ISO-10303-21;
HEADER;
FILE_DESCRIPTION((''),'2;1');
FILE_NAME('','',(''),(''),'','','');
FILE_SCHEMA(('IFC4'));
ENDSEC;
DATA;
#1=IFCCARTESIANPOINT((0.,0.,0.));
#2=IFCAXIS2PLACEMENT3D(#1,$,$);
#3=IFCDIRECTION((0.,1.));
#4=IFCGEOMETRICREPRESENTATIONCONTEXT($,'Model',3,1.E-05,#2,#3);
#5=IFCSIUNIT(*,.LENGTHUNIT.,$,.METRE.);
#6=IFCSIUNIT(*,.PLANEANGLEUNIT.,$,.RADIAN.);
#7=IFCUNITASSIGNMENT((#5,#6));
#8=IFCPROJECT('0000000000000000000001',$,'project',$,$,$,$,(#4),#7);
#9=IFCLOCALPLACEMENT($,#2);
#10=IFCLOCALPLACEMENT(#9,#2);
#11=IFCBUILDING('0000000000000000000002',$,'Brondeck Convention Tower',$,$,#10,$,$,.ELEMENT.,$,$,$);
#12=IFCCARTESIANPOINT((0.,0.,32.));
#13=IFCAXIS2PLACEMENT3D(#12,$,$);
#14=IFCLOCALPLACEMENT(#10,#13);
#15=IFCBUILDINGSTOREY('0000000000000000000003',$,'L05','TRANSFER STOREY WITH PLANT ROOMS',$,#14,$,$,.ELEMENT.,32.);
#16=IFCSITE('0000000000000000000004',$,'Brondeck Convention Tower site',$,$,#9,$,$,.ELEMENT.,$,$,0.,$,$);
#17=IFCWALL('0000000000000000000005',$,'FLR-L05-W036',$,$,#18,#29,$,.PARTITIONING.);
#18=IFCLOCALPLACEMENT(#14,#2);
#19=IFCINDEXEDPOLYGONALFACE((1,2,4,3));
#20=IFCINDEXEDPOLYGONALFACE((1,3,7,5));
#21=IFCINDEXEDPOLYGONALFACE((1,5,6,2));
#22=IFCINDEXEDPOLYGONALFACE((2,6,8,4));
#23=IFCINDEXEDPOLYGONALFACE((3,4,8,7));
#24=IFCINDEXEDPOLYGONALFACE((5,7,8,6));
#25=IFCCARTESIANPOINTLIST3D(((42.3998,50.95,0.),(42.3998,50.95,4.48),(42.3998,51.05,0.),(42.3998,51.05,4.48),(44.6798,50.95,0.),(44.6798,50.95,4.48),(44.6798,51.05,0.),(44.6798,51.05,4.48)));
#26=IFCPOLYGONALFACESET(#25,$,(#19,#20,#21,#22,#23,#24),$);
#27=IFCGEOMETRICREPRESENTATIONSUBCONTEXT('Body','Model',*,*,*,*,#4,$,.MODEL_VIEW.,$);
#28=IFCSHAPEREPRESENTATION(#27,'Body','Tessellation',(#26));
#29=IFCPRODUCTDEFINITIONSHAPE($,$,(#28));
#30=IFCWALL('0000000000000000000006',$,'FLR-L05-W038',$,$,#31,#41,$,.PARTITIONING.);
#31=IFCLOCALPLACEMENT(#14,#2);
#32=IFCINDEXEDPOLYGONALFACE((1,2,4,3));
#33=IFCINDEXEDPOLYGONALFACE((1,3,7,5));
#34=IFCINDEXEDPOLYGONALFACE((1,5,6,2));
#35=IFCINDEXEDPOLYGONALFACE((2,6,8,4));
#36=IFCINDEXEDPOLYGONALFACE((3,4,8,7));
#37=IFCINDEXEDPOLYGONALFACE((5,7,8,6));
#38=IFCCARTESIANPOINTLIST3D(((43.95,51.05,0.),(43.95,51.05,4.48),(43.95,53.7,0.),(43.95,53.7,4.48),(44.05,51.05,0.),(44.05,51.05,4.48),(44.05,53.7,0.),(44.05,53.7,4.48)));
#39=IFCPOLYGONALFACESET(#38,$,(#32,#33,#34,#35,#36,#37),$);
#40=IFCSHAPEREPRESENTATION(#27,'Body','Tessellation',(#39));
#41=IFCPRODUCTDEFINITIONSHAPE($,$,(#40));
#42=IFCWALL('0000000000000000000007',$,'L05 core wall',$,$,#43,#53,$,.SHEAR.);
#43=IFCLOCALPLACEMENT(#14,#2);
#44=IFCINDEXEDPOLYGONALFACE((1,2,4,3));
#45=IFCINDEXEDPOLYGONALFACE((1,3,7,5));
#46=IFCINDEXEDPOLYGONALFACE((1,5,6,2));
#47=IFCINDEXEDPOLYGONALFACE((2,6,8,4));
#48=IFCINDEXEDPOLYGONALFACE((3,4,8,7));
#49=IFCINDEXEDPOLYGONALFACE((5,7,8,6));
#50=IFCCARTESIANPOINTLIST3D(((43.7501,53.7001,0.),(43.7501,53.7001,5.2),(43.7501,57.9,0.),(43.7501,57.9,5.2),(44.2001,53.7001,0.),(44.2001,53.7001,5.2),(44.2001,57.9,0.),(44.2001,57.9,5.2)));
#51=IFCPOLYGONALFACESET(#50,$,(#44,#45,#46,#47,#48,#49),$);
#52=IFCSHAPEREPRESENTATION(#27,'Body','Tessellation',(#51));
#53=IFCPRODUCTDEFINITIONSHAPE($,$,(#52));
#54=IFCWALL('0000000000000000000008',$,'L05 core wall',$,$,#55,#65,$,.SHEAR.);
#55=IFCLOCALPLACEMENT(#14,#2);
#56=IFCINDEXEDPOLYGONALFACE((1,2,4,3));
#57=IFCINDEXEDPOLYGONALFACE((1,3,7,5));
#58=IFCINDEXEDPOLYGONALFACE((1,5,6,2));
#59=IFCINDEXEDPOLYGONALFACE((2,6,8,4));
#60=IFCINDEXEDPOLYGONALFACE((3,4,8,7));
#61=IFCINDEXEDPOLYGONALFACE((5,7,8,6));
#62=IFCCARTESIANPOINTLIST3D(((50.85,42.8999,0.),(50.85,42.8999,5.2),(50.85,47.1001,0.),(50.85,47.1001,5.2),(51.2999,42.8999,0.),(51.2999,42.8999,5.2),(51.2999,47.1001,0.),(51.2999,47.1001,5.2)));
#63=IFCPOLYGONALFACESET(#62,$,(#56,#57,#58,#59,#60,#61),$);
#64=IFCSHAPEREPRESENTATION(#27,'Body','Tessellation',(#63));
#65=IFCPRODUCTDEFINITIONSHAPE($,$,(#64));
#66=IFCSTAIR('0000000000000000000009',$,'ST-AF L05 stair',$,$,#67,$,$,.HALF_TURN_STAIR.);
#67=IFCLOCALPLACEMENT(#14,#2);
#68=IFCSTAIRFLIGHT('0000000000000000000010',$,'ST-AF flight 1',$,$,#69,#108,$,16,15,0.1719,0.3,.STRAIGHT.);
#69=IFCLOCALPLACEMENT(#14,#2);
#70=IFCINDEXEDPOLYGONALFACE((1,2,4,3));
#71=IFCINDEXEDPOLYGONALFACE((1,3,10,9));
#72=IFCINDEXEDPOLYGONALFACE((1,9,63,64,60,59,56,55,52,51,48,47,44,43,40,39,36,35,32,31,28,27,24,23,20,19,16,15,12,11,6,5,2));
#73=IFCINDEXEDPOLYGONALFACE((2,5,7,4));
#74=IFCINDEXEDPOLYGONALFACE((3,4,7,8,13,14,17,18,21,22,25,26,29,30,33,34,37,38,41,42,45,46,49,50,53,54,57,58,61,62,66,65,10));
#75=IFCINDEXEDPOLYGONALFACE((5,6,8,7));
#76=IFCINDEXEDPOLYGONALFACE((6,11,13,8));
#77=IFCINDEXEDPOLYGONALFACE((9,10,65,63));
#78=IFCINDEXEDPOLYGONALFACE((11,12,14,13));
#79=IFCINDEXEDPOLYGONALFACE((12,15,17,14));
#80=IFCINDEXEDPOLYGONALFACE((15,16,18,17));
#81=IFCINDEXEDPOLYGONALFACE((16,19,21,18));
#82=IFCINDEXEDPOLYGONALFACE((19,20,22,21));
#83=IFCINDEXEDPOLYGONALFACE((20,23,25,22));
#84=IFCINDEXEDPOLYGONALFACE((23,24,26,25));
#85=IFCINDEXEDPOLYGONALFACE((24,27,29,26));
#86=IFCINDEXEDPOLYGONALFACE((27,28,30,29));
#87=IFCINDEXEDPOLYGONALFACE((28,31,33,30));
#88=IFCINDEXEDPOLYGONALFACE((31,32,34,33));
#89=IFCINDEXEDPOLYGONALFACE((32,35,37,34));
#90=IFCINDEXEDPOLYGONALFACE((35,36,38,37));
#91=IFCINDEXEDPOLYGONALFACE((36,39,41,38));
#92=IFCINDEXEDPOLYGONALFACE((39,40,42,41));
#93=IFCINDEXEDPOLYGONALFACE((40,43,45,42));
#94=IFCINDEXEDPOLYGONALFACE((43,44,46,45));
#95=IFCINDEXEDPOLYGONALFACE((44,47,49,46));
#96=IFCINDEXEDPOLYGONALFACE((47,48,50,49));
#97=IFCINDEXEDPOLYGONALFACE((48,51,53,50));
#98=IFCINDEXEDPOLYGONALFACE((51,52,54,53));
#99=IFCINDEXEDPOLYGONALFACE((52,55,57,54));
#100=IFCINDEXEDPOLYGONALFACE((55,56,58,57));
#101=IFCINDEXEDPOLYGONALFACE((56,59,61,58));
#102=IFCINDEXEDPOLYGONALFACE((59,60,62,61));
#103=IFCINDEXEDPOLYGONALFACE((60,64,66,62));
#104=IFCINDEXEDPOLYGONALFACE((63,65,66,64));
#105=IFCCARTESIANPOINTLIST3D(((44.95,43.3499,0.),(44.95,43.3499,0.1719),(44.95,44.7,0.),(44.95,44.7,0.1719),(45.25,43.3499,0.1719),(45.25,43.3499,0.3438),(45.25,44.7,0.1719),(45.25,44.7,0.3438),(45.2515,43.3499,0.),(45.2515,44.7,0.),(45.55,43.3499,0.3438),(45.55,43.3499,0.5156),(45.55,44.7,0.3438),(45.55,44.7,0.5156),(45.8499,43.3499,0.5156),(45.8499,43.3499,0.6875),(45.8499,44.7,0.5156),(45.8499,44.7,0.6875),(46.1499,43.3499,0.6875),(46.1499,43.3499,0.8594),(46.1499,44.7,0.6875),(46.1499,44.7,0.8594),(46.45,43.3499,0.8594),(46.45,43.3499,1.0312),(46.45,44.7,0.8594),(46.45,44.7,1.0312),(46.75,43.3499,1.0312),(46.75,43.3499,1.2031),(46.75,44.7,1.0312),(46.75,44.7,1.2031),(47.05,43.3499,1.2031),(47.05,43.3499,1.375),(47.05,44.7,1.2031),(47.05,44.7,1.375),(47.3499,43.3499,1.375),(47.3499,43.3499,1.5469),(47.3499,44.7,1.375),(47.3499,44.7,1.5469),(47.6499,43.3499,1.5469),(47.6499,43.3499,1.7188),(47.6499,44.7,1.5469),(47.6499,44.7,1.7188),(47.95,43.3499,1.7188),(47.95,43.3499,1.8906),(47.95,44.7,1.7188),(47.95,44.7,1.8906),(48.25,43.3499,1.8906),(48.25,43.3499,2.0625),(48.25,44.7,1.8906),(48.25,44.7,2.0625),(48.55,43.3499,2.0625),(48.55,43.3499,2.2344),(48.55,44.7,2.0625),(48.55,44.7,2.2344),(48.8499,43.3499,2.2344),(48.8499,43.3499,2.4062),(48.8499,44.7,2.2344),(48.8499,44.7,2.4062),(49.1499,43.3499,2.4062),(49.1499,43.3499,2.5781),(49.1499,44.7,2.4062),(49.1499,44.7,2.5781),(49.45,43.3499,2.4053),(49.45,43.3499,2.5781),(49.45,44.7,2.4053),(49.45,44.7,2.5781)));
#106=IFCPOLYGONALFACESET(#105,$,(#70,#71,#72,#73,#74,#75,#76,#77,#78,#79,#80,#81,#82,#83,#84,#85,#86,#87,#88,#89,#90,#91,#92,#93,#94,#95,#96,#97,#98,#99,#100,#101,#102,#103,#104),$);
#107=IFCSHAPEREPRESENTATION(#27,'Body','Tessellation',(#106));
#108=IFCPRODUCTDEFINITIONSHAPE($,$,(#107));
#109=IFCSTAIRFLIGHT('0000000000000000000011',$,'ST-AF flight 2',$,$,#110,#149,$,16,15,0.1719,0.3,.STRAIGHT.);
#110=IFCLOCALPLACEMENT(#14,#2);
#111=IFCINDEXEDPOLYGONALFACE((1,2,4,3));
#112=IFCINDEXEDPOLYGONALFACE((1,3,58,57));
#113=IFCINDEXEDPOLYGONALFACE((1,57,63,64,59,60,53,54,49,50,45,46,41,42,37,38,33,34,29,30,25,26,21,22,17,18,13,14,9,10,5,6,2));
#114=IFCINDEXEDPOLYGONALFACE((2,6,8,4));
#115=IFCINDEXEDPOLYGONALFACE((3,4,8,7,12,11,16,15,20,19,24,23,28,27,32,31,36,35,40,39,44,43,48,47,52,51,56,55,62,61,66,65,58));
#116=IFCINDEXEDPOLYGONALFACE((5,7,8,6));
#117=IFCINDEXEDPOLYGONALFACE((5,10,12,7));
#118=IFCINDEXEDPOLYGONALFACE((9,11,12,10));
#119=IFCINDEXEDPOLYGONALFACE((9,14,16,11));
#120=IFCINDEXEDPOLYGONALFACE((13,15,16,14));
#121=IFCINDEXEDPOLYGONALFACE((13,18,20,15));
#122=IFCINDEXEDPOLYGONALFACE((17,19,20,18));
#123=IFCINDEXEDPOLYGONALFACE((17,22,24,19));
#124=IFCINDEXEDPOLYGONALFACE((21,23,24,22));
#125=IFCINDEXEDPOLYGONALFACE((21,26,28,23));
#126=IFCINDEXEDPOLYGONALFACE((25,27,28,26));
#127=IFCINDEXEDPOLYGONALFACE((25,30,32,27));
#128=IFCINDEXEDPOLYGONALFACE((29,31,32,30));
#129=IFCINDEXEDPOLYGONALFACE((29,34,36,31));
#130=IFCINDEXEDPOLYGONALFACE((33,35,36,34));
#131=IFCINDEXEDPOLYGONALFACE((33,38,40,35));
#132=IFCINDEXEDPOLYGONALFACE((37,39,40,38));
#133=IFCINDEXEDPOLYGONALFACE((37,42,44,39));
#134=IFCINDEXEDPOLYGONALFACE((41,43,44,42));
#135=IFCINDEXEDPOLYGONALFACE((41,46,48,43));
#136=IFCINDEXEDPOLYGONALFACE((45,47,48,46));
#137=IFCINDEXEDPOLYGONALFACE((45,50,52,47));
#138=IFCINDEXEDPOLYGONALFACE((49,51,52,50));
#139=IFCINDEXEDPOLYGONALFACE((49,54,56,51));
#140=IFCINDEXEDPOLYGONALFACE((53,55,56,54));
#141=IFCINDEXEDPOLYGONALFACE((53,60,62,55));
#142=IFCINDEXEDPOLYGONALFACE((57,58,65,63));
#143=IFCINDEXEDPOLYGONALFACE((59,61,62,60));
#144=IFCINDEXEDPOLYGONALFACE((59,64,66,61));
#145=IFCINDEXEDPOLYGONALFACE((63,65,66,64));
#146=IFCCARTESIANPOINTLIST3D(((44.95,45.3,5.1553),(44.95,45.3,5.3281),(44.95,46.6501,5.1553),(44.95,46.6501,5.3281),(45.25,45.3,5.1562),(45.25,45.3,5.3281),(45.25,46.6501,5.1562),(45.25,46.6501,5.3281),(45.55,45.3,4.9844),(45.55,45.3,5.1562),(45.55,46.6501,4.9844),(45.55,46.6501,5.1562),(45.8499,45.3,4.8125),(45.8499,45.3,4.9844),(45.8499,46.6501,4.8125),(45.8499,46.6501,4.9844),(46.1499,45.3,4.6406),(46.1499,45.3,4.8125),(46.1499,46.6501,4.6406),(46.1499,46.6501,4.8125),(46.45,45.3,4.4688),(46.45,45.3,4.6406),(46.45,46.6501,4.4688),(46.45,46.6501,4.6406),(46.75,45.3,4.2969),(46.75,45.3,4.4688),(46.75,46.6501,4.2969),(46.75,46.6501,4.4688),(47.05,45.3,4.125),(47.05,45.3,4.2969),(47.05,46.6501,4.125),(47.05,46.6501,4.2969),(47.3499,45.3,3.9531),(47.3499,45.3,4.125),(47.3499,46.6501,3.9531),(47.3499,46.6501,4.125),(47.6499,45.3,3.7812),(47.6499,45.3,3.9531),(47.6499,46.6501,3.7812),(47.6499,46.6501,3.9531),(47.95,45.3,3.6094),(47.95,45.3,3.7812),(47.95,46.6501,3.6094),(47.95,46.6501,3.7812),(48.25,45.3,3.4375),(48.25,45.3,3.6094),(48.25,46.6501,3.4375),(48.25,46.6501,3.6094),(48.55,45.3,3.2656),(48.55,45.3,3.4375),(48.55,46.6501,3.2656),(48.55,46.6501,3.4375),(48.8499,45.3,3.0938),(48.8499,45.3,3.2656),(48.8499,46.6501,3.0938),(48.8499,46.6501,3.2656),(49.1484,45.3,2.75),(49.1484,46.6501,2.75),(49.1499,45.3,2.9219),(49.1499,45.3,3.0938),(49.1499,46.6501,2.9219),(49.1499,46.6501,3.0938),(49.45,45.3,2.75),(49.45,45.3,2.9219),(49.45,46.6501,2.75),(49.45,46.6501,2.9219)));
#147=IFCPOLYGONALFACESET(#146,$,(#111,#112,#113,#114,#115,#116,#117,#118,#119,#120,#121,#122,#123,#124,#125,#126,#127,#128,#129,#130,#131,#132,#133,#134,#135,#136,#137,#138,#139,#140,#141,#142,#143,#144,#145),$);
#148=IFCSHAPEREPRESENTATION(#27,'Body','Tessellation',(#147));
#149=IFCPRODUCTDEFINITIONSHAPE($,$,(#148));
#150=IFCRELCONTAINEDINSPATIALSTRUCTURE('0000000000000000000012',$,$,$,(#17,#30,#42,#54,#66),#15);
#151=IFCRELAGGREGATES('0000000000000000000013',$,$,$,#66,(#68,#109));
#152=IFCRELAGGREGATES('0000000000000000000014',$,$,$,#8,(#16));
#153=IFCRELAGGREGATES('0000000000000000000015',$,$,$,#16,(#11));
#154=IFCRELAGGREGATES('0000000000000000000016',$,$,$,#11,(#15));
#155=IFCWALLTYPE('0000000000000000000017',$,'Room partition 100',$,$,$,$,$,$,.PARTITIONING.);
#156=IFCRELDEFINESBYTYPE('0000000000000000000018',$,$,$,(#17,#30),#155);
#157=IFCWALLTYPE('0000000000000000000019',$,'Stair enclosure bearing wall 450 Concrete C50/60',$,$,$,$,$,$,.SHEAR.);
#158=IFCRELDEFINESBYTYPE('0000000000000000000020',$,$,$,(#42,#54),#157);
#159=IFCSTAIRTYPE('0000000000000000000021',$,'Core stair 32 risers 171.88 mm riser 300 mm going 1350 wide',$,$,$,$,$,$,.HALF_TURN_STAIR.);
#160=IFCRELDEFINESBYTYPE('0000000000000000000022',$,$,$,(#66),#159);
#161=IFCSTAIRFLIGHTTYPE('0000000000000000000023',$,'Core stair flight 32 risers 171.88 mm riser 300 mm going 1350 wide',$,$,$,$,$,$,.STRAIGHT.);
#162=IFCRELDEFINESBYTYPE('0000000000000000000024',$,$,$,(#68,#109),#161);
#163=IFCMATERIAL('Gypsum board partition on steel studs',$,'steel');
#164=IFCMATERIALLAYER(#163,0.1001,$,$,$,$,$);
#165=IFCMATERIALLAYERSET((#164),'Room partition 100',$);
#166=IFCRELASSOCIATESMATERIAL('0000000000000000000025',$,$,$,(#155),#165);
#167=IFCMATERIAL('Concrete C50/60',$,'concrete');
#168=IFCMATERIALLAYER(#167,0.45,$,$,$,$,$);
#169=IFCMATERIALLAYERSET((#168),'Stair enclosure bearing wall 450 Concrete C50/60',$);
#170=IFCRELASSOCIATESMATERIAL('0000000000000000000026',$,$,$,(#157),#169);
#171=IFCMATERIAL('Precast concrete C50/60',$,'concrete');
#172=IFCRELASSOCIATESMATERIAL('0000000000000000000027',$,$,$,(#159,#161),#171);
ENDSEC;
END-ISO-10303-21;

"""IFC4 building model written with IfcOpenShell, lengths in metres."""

from ifc_helpers import new_model, si_unit, direction, frame, frame_2d, origin, place, context, subcontext, project, spatial, polyline, rectangle, outline, extrude, material, layer, layer_set, type_object, element, aggregate, save


model = new_model("IFC4")

# Units and contexts
model_context = context("Model", 3, precision=1e-05, world=origin(), true_north=direction((0.0, 1.0)))
body_context = subcontext(model_context, "Body", "Model", "MODEL_VIEW")
ifc_project = project(units=[si_unit("LENGTHUNIT", "METRE"), si_unit("PLANEANGLEUNIT", "RADIAN")], contexts=[model_context])

# Site, building, storey
site_placement = place(None, origin())
site = spatial("IfcSite", under=ifc_project, at=site_placement, Name="Brondeck Convention Tower site", CompositionType="ELEMENT", RefElevation=0.0)
building_placement = place(site_placement, origin())
building = spatial("IfcBuilding", under=site, at=building_placement, Name="Brondeck Convention Tower", CompositionType="ELEMENT")
storey_placement = place(building_placement, frame((0.0, 0.0, 32.0)))
storey = spatial("IfcBuildingStorey", under=building, at=storey_placement, Name="L05", Description="TRANSFER STOREY WITH PLANT ROOMS", CompositionType="ELEMENT", Elevation=32.0)

# Walls
ifc_material_1 = material(Name="Gypsum board partition on steel studs", Category="steel")
ifc_layer_1 = layer(ifc_material_1, 0.1001)
ifc_layer_set_1 = layer_set([ifc_layer_1], Name="Room partition 100")
wall_type_1 = type_object("IfcWallType", Name="Room partition 100", PredefinedType="PARTITIONING", material=ifc_layer_set_1)
wall_1_placement = place(storey_placement, frame((44.6799, 51.0, 0.0), z_axis=(0.0, 0.0, 1.0), x_axis=(-1.0, 0.0, 0.0)))
element("IfcWall", 1, at=wall_1_placement, inside=storey, type_object=wall_type_1, Name="FLR-L05-W036", PredefinedType="PARTITIONING", context=body_context, shape_type="SweptSolid", body=[
    extrude(rectangle(XDim=2.28, YDim=0.1001, at=frame_2d((1.1401, 0.0))), origin(), (0.0, 0.0, 1.0), 4.48),
])
wall_2_placement = place(storey_placement, frame((44.0, 53.7, 0.0), z_axis=(0.0, 0.0, 1.0), x_axis=(0.0, -1.0, 0.0)))
element("IfcWall", 2, at=wall_2_placement, inside=storey, type_object=wall_type_1, Name="FLR-L05-W038", PredefinedType="PARTITIONING", context=body_context, shape_type="SweptSolid", body=[
    extrude(rectangle(XDim=2.6499, YDim=0.1001, at=frame_2d((1.325, 0.0))), origin(), (0.0, 0.0, 1.0), 4.48),
])
ifc_material_2 = material(Name="Concrete C50/60", Category="concrete")
ifc_layer_2 = layer(ifc_material_2, 0.45)
ifc_layer_set_2 = layer_set([ifc_layer_2], Name="Stair enclosure bearing wall 450 Concrete C50/60")
wall_type_2 = type_object("IfcWallType", Name="Stair enclosure bearing wall 450 Concrete C50/60", PredefinedType="SHEAR", material=ifc_layer_set_2)
wall_3_placement = place(storey_placement, frame((43.9751, 53.7, 0.0), z_axis=(0.0, 0.0, 1.0), x_axis=(0.0, 1.0, 0.0)))
element("IfcWall", 3, at=wall_3_placement, inside=storey, type_object=wall_type_2, Name="L05 core wall", PredefinedType="SHEAR", context=body_context, shape_type="SweptSolid", body=[
    extrude(rectangle(XDim=4.2, YDim=0.45, at=frame_2d((2.1001, 0.0))), origin(), (0.0, 0.0, 1.0), 5.2),
])
wall_4_placement = place(storey_placement, frame((51.075, 42.8999, 0.0), z_axis=(0.0, 0.0, 1.0), x_axis=(0.0, 1.0, 0.0)))
element("IfcWall", 4, at=wall_4_placement, inside=storey, type_object=wall_type_2, Name="L05 core wall", PredefinedType="SHEAR", context=body_context, shape_type="SweptSolid", body=[
    extrude(rectangle(XDim=4.2002, YDim=0.45, at=frame_2d((2.1001, 0.0))), origin(), (0.0, 0.0, 1.0), 5.2),
])

# Stair, stair flights
ifc_material_3 = material(Name="Precast concrete C50/60", Category="concrete")
stair_type = type_object("IfcStairType", Name="Core stair 32 risers 171.88 mm riser 300 mm going 1350 wide", PredefinedType="HALF_TURN_STAIR", material=ifc_material_3)
stair_placement = place(storey_placement, origin())
stair = element("IfcStair", 5, at=stair_placement, inside=storey, type_object=stair_type, Name="ST-AF L05 stair", PredefinedType="HALF_TURN_STAIR")
stair_flight_type = type_object("IfcStairFlightType", Name="Core stair flight 32 risers 171.88 mm riser 300 mm going 1350 wide", PredefinedType="STRAIGHT", material=ifc_material_3)
stair_flight_1_placement = place(storey_placement, frame((44.95, 44.0249, 0.0), z_axis=(0.0, 0.0, 1.0), x_axis=(1.0, 0.0, 0.0)))
stair_flight_1 = element("IfcStairFlight", 6, at=stair_flight_1_placement, type_object=stair_flight_type, Name="ST-AF flight 1", NumberOfRisers=16, NumberOfTreads=15, PredefinedType="STRAIGHT", RiserHeight=0.1719, TreadLength=0.3, context=body_context, shape_type="SweptSolid", body=[
    extrude(outline(polyline([(0.0, 0.0), (0.0, 0.1719), (0.3, 0.1719), (0.3, 0.3438), (0.6001, 0.3438), (0.6001, 0.5156), (0.8999, 0.5156), (0.8999, 0.6875), (1.2, 0.6875), (1.2, 0.8594), (1.5, 0.8594), (1.5, 1.0312), (1.8, 1.0312), (1.8, 1.2031), (2.1001, 1.2031), (2.1001, 1.375), (2.3999, 1.375), (2.3999, 1.5469), (2.7, 1.5469), (2.7, 1.7188), (3.0, 1.7188), (3.0, 1.8906), (3.3, 1.8906), (3.3, 2.0625), (3.6001, 2.0625), (3.6001, 2.2344), (3.8999, 2.2344), (3.8999, 2.4062), (4.2, 2.4062), (4.2, 2.5781), (4.5, 2.5781), (4.5, 2.75), (4.5, 2.4053), (0.3015, 0.0), (0.0, 0.0)])), frame((0.0, 0.675, 0.0), z_axis=(0.0, -1.0, 0.0), x_axis=(1.0, 0.0, 0.0)), (0.0, 0.0, 1.0), 1.3501),
])
stair_flight_2_placement = place(storey_placement, frame((49.45, 45.9751, 2.75), z_axis=(0.0, 0.0, 1.0), x_axis=(-1.0, 0.0, 0.0)))
stair_flight_2 = element("IfcStairFlight", 7, at=stair_flight_2_placement, type_object=stair_flight_type, Name="ST-AF flight 2", NumberOfRisers=16, NumberOfTreads=15, PredefinedType="STRAIGHT", RiserHeight=0.1719, TreadLength=0.3, context=body_context, shape_type="SweptSolid", body=[
    extrude(outline(polyline([(0.0, 0.0), (0.0, 0.1719), (0.3, 0.1719), (0.3, 0.3438), (0.6001, 0.3438), (0.6001, 0.5156), (0.8999, 0.5156), (0.8999, 0.6875), (1.2, 0.6875), (1.2, 0.8594), (1.5, 0.8594), (1.5, 1.0312), (1.8, 1.0312), (1.8, 1.2031), (2.1001, 1.2031), (2.1001, 1.375), (2.3999, 1.375), (2.3999, 1.5469), (2.7, 1.5469), (2.7, 1.7188), (3.0, 1.7188), (3.0, 1.8906), (3.3, 1.8906), (3.3, 2.0625), (3.6001, 2.0625), (3.6001, 2.2344), (3.8999, 2.2344), (3.8999, 2.4062), (4.2, 2.4062), (4.2, 2.5781), (4.5, 2.5781), (4.5, 2.75), (4.5, 2.4053), (0.3015, 0.0), (0.0, 0.0)])), frame((0.0, 0.675, 0.0), z_axis=(0.0, -1.0, 0.0), x_axis=(1.0, 0.0, 0.0)), (0.0, 0.0, 1.0), 1.3501),
])
aggregate(stair, [stair_flight_1, stair_flight_2])

save(model, "model.ifc")
